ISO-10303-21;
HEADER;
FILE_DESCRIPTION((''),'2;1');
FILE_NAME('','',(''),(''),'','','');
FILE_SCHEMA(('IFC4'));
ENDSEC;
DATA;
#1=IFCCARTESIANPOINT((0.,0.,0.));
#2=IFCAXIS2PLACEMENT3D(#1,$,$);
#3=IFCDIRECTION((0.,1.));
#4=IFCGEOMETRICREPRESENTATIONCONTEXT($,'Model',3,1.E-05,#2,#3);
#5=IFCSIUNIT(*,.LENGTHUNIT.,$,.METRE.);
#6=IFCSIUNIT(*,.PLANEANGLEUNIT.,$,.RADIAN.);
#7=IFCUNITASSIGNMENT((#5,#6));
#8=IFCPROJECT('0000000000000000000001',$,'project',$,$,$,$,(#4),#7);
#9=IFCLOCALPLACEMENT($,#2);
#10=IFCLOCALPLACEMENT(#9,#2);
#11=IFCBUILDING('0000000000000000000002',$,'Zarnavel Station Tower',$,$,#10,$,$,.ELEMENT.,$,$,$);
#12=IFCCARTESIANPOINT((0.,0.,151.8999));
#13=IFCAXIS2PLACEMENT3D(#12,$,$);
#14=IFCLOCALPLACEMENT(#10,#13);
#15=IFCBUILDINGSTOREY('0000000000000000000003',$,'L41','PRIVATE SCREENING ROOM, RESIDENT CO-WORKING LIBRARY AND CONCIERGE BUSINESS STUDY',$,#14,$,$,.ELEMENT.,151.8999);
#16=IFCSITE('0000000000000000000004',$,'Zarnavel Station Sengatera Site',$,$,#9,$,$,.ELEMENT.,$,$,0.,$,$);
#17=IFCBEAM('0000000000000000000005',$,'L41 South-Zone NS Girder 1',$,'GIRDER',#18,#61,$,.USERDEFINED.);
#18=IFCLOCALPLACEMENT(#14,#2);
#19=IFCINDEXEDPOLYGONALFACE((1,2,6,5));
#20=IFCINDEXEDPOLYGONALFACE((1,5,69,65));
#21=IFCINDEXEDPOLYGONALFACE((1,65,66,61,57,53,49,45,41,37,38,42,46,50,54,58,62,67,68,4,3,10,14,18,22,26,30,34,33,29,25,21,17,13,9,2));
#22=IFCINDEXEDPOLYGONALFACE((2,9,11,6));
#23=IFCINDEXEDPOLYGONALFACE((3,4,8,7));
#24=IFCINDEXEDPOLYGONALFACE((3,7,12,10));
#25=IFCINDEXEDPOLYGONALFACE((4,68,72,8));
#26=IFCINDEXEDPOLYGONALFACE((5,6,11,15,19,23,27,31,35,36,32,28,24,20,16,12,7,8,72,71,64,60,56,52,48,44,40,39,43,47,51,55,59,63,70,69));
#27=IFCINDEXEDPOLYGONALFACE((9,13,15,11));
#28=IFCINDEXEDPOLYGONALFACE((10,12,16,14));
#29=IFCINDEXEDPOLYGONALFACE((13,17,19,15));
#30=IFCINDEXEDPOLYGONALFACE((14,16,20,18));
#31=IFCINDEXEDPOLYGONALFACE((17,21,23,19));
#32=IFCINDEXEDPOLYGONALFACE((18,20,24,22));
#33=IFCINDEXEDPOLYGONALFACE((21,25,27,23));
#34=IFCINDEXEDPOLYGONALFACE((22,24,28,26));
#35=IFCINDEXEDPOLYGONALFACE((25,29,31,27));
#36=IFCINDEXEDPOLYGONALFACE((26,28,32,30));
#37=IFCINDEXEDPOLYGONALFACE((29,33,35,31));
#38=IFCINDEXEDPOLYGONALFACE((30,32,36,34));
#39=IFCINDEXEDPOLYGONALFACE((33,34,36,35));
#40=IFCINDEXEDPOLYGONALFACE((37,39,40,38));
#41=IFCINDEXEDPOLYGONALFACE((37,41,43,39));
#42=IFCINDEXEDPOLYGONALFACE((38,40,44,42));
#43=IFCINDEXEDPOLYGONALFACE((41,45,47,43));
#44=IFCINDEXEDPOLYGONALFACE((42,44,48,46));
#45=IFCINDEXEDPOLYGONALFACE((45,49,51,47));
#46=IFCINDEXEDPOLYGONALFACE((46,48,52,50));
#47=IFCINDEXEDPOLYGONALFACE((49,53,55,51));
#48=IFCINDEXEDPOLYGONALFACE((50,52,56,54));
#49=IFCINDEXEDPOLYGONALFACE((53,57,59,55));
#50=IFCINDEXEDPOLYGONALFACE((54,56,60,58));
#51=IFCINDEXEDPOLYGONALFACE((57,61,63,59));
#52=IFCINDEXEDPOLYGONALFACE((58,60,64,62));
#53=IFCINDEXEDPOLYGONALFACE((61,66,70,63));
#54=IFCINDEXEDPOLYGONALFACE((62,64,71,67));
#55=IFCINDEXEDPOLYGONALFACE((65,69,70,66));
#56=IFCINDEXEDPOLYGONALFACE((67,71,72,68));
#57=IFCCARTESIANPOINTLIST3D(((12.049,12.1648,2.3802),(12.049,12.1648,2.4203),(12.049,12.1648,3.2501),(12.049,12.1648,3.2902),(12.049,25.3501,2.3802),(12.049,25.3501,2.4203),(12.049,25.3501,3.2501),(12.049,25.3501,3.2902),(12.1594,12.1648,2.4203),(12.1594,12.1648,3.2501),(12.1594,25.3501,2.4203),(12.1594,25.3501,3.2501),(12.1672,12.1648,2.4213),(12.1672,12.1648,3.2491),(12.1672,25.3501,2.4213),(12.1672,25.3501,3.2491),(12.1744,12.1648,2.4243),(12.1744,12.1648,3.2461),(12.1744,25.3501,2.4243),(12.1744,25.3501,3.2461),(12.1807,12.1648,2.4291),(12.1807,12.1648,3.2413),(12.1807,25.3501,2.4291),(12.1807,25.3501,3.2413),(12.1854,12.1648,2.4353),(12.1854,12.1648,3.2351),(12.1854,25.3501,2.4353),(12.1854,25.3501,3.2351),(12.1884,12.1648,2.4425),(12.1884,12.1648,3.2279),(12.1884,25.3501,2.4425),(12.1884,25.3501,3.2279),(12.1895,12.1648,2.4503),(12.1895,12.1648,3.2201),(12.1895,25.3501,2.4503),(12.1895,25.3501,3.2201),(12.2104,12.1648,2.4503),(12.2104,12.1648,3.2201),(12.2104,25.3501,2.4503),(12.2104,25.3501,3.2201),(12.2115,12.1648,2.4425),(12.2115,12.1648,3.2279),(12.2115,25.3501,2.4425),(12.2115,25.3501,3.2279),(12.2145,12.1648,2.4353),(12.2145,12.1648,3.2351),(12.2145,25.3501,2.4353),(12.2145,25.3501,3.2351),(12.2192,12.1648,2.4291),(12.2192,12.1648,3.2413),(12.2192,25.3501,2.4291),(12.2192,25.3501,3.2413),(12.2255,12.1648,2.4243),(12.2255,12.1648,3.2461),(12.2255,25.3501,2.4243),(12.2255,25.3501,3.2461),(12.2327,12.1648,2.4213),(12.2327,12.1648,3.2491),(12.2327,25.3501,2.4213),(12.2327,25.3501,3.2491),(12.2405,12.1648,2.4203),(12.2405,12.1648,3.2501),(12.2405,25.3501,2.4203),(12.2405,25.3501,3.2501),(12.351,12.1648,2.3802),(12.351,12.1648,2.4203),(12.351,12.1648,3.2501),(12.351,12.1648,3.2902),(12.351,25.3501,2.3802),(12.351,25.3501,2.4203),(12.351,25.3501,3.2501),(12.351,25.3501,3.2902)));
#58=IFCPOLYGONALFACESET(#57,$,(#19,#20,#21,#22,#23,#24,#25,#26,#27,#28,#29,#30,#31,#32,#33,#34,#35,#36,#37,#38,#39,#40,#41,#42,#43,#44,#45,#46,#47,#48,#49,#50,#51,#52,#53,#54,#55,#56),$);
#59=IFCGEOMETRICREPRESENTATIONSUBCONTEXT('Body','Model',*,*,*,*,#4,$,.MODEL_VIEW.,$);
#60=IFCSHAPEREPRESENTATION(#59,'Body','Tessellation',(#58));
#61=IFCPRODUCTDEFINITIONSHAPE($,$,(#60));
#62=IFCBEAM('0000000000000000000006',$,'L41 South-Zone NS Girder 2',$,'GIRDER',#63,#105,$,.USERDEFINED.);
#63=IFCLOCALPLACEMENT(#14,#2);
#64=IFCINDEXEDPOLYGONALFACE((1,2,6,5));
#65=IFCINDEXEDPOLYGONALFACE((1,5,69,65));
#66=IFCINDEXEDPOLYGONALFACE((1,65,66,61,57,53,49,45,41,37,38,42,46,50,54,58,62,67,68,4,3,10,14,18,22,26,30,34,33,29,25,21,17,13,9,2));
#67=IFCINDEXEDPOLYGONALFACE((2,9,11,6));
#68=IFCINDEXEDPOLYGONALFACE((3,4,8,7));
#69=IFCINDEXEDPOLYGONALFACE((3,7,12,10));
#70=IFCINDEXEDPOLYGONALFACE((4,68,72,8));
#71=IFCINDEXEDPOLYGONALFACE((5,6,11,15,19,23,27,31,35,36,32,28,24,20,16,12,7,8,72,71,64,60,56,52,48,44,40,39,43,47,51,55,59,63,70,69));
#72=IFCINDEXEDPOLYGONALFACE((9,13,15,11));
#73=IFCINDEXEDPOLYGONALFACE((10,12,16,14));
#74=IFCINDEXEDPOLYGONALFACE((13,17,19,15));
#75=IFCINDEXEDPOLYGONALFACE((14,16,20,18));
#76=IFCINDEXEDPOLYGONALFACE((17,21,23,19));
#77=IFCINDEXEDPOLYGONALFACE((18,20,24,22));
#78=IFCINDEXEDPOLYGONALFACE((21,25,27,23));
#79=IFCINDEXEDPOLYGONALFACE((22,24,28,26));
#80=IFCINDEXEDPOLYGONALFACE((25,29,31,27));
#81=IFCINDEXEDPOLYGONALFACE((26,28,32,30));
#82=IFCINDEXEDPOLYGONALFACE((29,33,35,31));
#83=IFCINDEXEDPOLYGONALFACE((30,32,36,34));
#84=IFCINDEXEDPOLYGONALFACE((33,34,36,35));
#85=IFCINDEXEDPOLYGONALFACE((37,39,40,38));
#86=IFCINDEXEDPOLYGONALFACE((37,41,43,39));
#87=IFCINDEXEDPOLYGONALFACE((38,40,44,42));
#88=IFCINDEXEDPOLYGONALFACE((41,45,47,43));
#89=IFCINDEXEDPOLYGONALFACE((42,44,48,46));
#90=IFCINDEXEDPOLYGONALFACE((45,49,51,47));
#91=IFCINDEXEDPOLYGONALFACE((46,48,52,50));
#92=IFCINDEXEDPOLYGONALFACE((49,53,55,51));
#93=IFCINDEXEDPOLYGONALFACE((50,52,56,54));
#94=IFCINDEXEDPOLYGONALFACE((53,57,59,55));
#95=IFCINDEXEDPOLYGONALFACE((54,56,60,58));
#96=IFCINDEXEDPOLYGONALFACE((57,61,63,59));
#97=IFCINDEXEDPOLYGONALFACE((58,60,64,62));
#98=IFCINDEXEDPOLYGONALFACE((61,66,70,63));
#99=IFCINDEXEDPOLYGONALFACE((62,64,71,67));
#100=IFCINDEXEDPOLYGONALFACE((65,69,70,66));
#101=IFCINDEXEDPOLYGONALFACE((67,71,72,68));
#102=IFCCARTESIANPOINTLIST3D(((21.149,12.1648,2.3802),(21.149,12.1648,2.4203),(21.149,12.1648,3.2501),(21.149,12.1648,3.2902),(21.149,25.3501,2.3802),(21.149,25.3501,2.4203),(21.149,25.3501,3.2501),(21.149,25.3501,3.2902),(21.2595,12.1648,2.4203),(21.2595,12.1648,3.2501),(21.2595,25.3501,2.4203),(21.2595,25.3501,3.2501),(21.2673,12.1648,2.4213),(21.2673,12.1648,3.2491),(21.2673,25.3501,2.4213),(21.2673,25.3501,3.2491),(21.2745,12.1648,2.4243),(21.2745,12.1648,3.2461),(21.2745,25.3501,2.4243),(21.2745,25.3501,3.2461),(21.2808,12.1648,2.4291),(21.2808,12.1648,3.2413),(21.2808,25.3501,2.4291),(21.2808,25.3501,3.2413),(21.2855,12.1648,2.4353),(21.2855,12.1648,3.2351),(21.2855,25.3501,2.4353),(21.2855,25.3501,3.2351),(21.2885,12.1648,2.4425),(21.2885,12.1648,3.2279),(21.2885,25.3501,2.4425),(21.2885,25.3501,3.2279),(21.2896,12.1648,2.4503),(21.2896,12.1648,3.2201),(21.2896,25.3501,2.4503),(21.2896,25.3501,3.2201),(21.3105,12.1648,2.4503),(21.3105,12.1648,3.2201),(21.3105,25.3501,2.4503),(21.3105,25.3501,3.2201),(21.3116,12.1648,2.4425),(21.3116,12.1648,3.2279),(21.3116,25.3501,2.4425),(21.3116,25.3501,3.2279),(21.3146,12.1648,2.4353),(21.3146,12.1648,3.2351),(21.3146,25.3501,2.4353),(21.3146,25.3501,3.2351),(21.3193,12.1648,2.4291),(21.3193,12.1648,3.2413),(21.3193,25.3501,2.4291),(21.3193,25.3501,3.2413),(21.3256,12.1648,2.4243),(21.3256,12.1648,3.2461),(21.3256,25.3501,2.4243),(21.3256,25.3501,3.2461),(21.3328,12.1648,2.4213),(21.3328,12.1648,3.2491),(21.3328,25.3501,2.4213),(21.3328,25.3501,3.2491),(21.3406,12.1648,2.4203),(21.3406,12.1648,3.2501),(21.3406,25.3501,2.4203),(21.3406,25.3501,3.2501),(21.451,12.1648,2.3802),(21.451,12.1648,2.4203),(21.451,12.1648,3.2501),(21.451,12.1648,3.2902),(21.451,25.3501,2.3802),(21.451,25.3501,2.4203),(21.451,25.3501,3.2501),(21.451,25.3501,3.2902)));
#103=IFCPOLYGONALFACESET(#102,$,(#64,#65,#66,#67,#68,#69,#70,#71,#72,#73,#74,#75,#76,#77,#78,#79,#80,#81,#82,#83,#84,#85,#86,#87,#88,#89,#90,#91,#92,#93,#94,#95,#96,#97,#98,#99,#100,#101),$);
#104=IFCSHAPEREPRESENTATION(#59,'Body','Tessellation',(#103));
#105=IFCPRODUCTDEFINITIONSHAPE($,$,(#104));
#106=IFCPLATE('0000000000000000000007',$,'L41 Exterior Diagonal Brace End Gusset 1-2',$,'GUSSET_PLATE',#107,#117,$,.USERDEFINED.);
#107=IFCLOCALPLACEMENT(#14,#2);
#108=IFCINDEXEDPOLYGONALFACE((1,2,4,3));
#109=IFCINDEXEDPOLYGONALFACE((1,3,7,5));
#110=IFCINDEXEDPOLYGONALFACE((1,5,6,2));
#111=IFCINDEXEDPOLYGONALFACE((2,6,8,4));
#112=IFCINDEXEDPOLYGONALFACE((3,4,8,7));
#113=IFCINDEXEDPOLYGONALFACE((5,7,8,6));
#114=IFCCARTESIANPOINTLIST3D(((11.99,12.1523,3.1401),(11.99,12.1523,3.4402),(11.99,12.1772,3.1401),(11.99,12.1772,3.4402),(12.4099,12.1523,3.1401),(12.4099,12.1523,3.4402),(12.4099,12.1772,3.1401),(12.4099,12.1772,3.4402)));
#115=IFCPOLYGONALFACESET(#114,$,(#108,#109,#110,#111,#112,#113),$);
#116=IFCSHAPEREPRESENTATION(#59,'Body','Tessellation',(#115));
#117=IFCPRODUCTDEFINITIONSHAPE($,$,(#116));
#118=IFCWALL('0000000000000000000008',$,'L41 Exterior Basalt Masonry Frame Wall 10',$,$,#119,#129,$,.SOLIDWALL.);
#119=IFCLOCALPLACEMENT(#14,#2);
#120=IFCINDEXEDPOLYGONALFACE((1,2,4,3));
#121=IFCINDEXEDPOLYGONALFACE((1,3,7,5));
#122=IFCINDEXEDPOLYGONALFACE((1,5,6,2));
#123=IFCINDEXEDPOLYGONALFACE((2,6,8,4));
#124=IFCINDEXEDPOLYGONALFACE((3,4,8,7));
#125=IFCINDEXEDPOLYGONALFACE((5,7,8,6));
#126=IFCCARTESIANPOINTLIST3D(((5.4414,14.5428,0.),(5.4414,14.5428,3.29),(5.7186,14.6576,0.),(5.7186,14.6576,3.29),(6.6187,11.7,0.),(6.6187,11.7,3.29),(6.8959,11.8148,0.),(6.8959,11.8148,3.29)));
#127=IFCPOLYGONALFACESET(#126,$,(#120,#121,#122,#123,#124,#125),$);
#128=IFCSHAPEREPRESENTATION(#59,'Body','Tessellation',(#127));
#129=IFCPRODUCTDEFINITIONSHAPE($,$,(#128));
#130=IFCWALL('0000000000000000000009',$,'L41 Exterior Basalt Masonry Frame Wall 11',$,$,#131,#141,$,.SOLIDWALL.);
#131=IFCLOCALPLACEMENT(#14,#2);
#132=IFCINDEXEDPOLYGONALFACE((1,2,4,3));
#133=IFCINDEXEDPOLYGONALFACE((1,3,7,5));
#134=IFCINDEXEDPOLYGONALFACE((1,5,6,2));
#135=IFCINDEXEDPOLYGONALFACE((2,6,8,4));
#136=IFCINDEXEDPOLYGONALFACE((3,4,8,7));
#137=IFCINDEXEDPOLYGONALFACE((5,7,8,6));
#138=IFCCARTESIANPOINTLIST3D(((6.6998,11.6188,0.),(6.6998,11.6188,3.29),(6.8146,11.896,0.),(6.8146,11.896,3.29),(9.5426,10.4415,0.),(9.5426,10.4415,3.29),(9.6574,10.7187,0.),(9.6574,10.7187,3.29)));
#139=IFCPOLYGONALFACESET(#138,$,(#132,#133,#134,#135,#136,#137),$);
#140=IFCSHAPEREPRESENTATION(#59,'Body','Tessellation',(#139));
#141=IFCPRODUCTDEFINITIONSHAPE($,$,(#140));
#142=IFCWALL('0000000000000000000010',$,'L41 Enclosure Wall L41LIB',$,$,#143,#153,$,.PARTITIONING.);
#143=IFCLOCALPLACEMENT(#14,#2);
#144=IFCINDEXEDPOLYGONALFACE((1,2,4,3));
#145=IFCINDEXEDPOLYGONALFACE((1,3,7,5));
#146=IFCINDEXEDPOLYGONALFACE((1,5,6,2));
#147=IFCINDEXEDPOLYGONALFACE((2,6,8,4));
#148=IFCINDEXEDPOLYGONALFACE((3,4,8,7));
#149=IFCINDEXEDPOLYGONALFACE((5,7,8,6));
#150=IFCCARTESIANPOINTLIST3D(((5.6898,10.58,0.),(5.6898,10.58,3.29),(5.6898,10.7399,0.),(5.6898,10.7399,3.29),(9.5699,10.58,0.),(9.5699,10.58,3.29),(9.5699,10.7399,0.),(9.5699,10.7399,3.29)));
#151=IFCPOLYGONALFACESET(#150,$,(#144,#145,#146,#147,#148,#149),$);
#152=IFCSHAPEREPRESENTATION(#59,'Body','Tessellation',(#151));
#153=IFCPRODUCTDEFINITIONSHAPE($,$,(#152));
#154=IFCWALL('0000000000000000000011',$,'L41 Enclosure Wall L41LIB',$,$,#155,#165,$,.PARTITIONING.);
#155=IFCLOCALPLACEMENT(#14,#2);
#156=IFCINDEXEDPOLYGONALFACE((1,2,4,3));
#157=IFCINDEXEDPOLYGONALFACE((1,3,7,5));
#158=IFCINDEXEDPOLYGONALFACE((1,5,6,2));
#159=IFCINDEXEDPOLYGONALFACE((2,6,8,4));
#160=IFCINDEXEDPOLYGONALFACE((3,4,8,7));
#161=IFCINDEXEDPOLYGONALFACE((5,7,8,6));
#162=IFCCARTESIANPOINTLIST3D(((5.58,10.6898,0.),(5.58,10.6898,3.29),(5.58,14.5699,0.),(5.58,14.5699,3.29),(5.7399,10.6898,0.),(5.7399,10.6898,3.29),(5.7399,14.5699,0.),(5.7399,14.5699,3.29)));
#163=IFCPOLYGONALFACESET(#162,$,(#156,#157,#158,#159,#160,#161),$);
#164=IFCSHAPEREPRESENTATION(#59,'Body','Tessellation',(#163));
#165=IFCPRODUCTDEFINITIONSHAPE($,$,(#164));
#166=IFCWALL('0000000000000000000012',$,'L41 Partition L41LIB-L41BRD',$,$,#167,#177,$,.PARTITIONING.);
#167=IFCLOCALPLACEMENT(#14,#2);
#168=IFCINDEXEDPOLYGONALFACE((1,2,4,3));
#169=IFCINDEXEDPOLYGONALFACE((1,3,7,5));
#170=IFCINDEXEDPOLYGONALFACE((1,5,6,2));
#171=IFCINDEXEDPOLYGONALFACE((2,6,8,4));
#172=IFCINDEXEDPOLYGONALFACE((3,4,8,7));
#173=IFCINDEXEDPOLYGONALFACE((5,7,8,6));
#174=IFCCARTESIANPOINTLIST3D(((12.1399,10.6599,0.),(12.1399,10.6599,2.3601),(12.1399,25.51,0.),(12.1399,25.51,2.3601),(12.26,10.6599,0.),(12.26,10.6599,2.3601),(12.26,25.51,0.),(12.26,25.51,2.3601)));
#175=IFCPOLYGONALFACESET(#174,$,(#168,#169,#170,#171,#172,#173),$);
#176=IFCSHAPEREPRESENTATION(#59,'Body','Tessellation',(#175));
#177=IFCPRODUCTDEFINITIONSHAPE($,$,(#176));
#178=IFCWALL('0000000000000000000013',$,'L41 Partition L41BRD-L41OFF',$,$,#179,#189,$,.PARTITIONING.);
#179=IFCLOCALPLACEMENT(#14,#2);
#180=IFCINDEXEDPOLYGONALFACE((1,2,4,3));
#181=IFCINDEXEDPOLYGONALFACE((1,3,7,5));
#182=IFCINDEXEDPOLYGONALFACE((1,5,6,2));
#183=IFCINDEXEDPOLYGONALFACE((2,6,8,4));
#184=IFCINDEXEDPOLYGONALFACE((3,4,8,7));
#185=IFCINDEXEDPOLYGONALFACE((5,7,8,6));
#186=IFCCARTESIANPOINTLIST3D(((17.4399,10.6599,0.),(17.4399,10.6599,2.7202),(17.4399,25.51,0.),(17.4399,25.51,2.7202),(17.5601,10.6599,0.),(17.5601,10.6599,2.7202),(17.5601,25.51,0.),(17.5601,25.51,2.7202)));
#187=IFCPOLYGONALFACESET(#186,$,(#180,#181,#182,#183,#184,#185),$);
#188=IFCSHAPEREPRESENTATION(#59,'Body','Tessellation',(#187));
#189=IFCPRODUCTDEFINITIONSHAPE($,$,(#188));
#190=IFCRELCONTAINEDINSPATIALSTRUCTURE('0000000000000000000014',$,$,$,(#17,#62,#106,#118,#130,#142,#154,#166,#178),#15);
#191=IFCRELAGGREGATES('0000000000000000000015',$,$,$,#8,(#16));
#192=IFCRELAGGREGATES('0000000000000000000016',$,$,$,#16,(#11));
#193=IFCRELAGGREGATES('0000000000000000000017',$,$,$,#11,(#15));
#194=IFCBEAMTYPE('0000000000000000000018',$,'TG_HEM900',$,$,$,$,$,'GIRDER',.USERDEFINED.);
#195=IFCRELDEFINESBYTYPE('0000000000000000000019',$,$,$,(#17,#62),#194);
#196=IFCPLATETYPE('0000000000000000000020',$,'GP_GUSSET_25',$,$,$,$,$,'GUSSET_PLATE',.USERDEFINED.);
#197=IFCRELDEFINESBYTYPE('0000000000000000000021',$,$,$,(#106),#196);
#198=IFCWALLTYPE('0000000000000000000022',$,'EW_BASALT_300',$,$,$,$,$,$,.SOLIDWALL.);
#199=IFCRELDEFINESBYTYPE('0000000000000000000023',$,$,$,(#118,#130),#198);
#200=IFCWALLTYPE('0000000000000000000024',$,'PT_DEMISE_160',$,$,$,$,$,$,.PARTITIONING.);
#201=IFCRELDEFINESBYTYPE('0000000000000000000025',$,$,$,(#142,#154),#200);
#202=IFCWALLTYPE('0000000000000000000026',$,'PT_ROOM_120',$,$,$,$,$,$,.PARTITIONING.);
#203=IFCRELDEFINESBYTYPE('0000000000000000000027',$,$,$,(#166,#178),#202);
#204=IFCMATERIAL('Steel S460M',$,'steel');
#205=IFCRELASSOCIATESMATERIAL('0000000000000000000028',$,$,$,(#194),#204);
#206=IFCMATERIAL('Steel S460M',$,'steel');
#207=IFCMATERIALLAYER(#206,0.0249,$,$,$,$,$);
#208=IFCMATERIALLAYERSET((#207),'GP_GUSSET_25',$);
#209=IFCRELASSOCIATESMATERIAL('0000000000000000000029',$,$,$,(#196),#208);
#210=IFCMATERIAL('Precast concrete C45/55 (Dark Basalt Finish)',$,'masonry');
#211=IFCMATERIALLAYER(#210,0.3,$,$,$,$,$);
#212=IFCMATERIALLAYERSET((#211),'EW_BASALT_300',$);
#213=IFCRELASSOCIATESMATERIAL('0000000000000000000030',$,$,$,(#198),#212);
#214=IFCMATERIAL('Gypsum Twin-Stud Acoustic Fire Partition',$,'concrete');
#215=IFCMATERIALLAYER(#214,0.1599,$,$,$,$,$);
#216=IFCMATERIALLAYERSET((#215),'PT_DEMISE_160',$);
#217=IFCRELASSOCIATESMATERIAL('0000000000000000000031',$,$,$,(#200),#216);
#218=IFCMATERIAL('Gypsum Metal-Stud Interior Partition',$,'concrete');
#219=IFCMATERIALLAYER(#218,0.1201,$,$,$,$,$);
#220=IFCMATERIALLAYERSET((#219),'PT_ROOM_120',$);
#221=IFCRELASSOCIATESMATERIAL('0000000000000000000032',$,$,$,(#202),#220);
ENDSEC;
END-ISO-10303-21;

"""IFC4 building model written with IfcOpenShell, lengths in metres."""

from ifc_helpers import new_model, si_unit, direction, frame, frame_2d, origin, origin_2d, place, context, subcontext, project, spatial, rectangle, i_section, extrude, material, layer, layer_set, material_profile, profile_set, type_object, element, save


model = new_model("IFC4")

# Units and contexts
model_context = context("Model", 3, precision=1e-05, world=origin(), true_north=direction((0.0, 1.0)))
body_context = subcontext(model_context, "Body", "Model", "MODEL_VIEW")
ifc_project = project(units=[si_unit("LENGTHUNIT", "METRE"), si_unit("PLANEANGLEUNIT", "RADIAN")], contexts=[model_context])

# Site, building, storey
site_placement = place(None, origin())
site = spatial("IfcSite", under=ifc_project, at=site_placement, Name="Zarnavel Station Sengatera Site", CompositionType="ELEMENT", RefElevation=0.0)
building_placement = place(site_placement, origin())
building = spatial("IfcBuilding", under=site, at=building_placement, Name="Zarnavel Station Tower", CompositionType="ELEMENT")
storey_placement = place(building_placement, frame((0.0, 0.0, 151.8999)))
storey = spatial("IfcBuildingStorey", under=building, at=storey_placement, Name="L41", Description="PRIVATE SCREENING ROOM, RESIDENT CO-WORKING LIBRARY AND CONCIERGE BUSINESS STUDY", CompositionType="ELEMENT", Elevation=151.8999)

# Beams
ifc_material_1 = material(Name="Steel S460M", Category="steel")
ifc_material_profile_1 = material_profile(ifc_material_1, i_section(OverallWidth=0.302, OverallDepth=0.9099, WebThickness=0.021, FlangeThickness=0.04, FilletRadius=0.03, at=origin_2d()), Name="HEM900")
ifc_profile_set_1 = profile_set([ifc_material_profile_1], Name="Steel S460M")
beam_type_1 = type_object("IfcBeamType", Name="TG_HEM900", ElementType="GIRDER", PredefinedType="USERDEFINED", material=ifc_profile_set_1)
for number, where, z_axis, x_axis, name in (
    (1, (12.2, 12.1648, 2.8352), (0.0, 1.0, 0.0), (-1.0, 0.0, 0.0), "L41 South-Zone NS Girder 1"),
    (2, (21.3, 12.1648, 2.8352), (0.0, 1.0, 0.0), (-1.0, 0.0, 0.0), "L41 South-Zone NS Girder 2"),
):
    element("IfcBeam", number, at=place(storey_placement, frame(where, z_axis=z_axis, x_axis=x_axis)), inside=storey, type_object=beam_type_1, Name=name, ObjectType="GIRDER", PredefinedType="USERDEFINED", context=body_context, shape_type="SweptSolid", body=[
        extrude(i_section(OverallWidth=0.302, OverallDepth=0.9099, WebThickness=0.021, FlangeThickness=0.04, FilletRadius=0.03, at=origin_2d()), origin(), (0.0, 0.0, 1.0), 13.1853),
    ])

# Plate
ifc_material_2 = material(Name="Steel S460M", Category="steel")
ifc_layer_1 = layer(ifc_material_2, 0.0249)
ifc_layer_set_1 = layer_set([ifc_layer_1], Name="GP_GUSSET_25")
plate_type = type_object("IfcPlateType", Name="GP_GUSSET_25", ElementType="GUSSET_PLATE", PredefinedType="USERDEFINED", material=ifc_layer_set_1)
plate_placement = place(storey_placement, frame((12.2, 12.1648, 3.1401), z_axis=(0.0, 0.0, 1.0), x_axis=(1.0, 0.0, 0.0)))
element("IfcPlate", 3, at=plate_placement, inside=storey, type_object=plate_type, Name="L41 Exterior Diagonal Brace End Gusset 1-2", ObjectType="GUSSET_PLATE", PredefinedType="USERDEFINED", context=body_context, shape_type="SweptSolid", body=[
    extrude(rectangle(XDim=0.4199, YDim=0.0249, at=origin_2d()), origin(), (0.0, 0.0, 1.0), 0.3),
])

# Walls
ifc_material_3 = material(Name="Precast concrete C45/55 (Dark Basalt Finish)", Category="masonry")
ifc_layer_2 = layer(ifc_material_3, 0.3)
ifc_layer_set_2 = layer_set([ifc_layer_2], Name="EW_BASALT_300")
wall_type_1 = type_object("IfcWallType", Name="EW_BASALT_300", PredefinedType="SOLIDWALL", material=ifc_layer_set_2)
for number, where, z_axis, x_axis, name in (
    (4, (6.7573, 11.7573, 0.0), (0.0, 0.0, 1.0), (-0.382609, 0.92391, 0.0), "L41 Exterior Basalt Masonry Frame Wall 10"),
    (5, (9.6001, 10.5801, 0.0), (0.0, 0.0, 1.0), (-0.92391, 0.382609, 0.0), "L41 Exterior Basalt Masonry Frame Wall 11"),
):
    element("IfcWall", number, at=place(storey_placement, frame(where, z_axis=z_axis, x_axis=x_axis)), inside=storey, type_object=wall_type_1, Name=name, PredefinedType="SOLIDWALL", context=body_context, shape_type="SweptSolid", body=[
        extrude(rectangle(XDim=3.0769, YDim=0.3, at=frame_2d((1.5386, 0.0))), origin(), (0.0, 0.0, 1.0), 3.29),
    ])
ifc_material_4 = material(Name="Gypsum Twin-Stud Acoustic Fire Partition", Category="concrete")
ifc_layer_3 = layer(ifc_material_4, 0.1599)
ifc_layer_set_3 = layer_set([ifc_layer_3], Name="PT_DEMISE_160")
wall_type_2 = type_object("IfcWallType", Name="PT_DEMISE_160", PredefinedType="PARTITIONING", material=ifc_layer_set_3)
for number, where, z_axis, x_axis, name in (
    (6, (5.6899, 10.6599, 0.0), (0.0, 0.0, 1.0), (1.0, 0.0, 0.0), "L41 Enclosure Wall L41LIB"),
    (7, (5.6599, 10.6899, 0.0), (0.0, 0.0, 1.0), (0.0, 1.0, 0.0), "L41 Enclosure Wall L41LIB"),
):
    element("IfcWall", number, at=place(storey_placement, frame(where, z_axis=z_axis, x_axis=x_axis)), inside=storey, type_object=wall_type_2, Name=name, PredefinedType="PARTITIONING", context=body_context, shape_type="SweptSolid", body=[
        extrude(rectangle(XDim=3.8801, YDim=0.1599, at=frame_2d((1.9399, 0.0))), origin(), (0.0, 0.0, 1.0), 3.29),
    ])
ifc_material_5 = material(Name="Gypsum Metal-Stud Interior Partition", Category="concrete")
ifc_layer_4 = layer(ifc_material_5, 0.1201)
ifc_layer_set_4 = layer_set([ifc_layer_4], Name="PT_ROOM_120")
wall_type_3 = type_object("IfcWallType", Name="PT_ROOM_120", PredefinedType="PARTITIONING", material=ifc_layer_set_4)
wall_1_placement = place(storey_placement, frame((12.2, 10.6599, 0.0), z_axis=(0.0, 0.0, 1.0), x_axis=(0.0, 1.0, 0.0)))
element("IfcWall", 8, at=wall_1_placement, inside=storey, type_object=wall_type_3, Name="L41 Partition L41LIB-L41BRD", PredefinedType="PARTITIONING", context=body_context, shape_type="SweptSolid", body=[
    extrude(rectangle(XDim=14.8501, YDim=0.1201, at=frame_2d((7.425, 0.0))), origin(), (0.0, 0.0, 1.0), 2.3601),
])
wall_2_placement = place(storey_placement, frame((17.5, 10.6599, 0.0), z_axis=(0.0, 0.0, 1.0), x_axis=(0.0, 1.0, 0.0)))
element("IfcWall", 9, at=wall_2_placement, inside=storey, type_object=wall_type_3, Name="L41 Partition L41BRD-L41OFF", PredefinedType="PARTITIONING", context=body_context, shape_type="SweptSolid", body=[
    extrude(rectangle(XDim=14.8501, YDim=0.1201, at=frame_2d((7.425, 0.0))), origin(), (0.0, 0.0, 1.0), 2.7202),
])

save(model, "model.ifc")
